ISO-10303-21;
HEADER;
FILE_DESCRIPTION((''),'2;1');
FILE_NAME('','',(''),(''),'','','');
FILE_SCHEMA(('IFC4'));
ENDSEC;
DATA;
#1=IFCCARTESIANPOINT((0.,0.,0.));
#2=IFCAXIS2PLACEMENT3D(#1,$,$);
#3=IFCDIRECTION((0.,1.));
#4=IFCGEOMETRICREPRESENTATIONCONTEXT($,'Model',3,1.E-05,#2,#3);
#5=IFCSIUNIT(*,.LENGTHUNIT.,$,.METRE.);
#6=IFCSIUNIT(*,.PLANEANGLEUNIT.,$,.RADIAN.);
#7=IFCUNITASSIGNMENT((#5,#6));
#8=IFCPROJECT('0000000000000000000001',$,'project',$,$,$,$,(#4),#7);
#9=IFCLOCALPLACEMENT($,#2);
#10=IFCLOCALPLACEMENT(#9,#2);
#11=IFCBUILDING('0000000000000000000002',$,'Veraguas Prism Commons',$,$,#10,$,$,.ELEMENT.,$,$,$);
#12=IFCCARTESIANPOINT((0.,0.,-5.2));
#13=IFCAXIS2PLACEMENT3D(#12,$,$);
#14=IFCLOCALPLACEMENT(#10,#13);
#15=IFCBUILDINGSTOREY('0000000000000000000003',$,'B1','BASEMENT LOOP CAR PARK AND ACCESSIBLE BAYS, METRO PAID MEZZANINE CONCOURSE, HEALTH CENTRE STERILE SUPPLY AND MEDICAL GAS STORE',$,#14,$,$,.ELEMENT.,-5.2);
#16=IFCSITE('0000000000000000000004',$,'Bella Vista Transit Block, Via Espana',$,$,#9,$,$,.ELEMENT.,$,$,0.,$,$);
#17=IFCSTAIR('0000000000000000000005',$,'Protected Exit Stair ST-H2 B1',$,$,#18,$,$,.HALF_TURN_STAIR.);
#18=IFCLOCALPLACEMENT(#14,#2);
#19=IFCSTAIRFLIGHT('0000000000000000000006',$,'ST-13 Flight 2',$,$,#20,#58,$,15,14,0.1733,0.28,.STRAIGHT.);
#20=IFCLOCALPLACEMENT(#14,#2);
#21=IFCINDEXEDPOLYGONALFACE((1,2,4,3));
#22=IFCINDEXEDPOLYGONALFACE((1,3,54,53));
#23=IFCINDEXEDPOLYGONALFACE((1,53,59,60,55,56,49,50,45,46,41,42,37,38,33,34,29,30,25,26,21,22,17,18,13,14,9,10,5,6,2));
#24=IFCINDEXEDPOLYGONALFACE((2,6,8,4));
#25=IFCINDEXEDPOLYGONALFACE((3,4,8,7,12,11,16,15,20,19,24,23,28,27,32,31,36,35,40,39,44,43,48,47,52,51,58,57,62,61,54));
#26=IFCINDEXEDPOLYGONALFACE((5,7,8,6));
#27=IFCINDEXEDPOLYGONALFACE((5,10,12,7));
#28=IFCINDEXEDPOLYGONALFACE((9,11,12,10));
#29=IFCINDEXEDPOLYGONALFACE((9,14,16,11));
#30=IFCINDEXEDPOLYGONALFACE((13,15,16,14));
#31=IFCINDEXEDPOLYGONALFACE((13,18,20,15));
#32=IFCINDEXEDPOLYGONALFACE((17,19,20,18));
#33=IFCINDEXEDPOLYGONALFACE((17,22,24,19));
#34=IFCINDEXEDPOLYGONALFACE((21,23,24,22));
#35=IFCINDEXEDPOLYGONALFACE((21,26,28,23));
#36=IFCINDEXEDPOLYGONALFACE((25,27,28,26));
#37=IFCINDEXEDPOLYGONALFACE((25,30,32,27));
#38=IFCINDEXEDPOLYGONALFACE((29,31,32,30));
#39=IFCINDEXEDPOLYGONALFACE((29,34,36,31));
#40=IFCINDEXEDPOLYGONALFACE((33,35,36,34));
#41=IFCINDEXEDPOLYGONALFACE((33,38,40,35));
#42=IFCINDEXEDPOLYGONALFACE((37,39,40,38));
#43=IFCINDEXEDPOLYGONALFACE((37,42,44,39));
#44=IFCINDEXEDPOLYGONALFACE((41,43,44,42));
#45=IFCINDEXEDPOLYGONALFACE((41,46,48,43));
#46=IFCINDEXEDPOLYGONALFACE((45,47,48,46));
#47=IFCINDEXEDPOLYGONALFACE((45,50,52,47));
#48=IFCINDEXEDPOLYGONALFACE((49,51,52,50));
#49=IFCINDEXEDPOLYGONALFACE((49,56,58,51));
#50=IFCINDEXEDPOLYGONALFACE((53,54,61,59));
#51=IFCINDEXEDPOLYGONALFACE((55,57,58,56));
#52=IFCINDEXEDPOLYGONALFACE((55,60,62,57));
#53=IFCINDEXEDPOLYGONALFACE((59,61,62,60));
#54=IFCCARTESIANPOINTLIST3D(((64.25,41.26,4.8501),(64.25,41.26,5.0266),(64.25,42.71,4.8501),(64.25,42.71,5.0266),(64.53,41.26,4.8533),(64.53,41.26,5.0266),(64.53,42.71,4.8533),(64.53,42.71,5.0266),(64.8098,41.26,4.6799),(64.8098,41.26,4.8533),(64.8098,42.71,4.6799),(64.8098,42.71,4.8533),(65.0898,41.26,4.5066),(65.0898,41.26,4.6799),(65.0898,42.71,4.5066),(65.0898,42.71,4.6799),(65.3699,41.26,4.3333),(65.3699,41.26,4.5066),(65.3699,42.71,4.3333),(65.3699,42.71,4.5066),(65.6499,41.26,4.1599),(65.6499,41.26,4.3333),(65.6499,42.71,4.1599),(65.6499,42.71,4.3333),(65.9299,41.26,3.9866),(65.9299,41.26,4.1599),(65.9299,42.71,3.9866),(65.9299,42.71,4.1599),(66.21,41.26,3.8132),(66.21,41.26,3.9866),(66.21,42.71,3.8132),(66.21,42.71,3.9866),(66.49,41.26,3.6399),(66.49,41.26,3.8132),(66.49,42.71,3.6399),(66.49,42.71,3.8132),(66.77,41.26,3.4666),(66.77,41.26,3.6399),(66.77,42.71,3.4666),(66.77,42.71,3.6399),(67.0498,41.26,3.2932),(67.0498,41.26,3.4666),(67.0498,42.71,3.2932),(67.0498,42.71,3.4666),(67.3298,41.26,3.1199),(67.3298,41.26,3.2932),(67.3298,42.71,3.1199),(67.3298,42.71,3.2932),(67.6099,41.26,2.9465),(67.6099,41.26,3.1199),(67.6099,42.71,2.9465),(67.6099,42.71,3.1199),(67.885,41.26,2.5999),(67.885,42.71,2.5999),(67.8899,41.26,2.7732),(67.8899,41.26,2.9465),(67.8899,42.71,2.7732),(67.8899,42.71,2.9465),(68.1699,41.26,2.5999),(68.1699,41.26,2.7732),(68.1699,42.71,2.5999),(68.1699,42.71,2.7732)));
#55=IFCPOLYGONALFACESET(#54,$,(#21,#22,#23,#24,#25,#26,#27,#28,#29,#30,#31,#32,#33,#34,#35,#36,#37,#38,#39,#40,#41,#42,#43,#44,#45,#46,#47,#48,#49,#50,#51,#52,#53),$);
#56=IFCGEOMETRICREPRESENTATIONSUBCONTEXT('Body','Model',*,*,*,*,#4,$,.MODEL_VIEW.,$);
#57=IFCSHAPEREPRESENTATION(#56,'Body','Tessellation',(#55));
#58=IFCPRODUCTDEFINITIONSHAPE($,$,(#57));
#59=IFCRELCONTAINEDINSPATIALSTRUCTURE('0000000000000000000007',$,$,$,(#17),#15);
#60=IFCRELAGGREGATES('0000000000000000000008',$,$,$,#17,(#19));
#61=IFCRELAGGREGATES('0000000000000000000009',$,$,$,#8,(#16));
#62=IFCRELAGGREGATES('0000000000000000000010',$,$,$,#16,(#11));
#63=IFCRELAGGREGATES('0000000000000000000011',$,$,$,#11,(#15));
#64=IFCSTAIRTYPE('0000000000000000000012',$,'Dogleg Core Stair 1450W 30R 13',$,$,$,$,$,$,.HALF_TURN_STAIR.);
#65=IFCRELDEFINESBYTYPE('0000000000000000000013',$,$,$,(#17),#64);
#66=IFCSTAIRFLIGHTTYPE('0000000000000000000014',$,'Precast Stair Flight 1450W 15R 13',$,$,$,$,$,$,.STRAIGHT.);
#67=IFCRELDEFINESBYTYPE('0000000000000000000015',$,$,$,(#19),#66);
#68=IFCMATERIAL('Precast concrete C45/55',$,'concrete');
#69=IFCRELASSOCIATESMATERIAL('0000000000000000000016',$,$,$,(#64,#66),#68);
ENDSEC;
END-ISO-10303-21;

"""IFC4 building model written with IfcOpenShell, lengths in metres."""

from ifc_helpers import new_model, si_unit, direction, frame, origin, place, context, subcontext, project, spatial, polyline, outline, extrude, material, type_object, element, aggregate, save


model = new_model("IFC4")

# Units and contexts
model_context = context("Model", 3, precision=1e-05, world=origin(), true_north=direction((0.0, 1.0)))
body_context = subcontext(model_context, "Body", "Model", "MODEL_VIEW")
ifc_project = project(units=[si_unit("LENGTHUNIT", "METRE"), si_unit("PLANEANGLEUNIT", "RADIAN")], contexts=[model_context])

# Site, building, storey
site_placement = place(None, origin())
site = spatial("IfcSite", under=ifc_project, at=site_placement, Name="Bella Vista Transit Block, Via Espana", CompositionType="ELEMENT", RefElevation=0.0)
building_placement = place(site_placement, origin())
building = spatial("IfcBuilding", under=site, at=building_placement, Name="Veraguas Prism Commons", CompositionType="ELEMENT")
storey_placement = place(building_placement, frame((0.0, 0.0, -5.2)))
storey = spatial("IfcBuildingStorey", under=building, at=storey_placement, Name="B1", Description="BASEMENT LOOP CAR PARK AND ACCESSIBLE BAYS, METRO PAID MEZZANINE CONCOURSE, HEALTH CENTRE STERILE SUPPLY AND MEDICAL GAS STORE", CompositionType="ELEMENT", Elevation=-5.2)

# Stair, stair flight
ifc_material_1 = material(Name="Precast concrete C45/55", Category="concrete")
stair_type = type_object("IfcStairType", Name="Dogleg Core Stair 1450W 30R 13", PredefinedType="HALF_TURN_STAIR", material=ifc_material_1)
stair_placement = place(storey_placement, origin())
stair = element("IfcStair", 1, at=stair_placement, inside=storey, type_object=stair_type, Name="Protected Exit Stair ST-H2 B1", PredefinedType="HALF_TURN_STAIR")
stair_flight_type = type_object("IfcStairFlightType", Name="Precast Stair Flight 1450W 15R 13", PredefinedType="STRAIGHT", material=ifc_material_1)
stair_flight_1_placement = place(storey_placement, frame((68.1699, 41.9851, 2.5999), z_axis=(0.0, 0.0, 1.0), x_axis=(-1.0, 0.0, 0.0)))
stair_flight_1 = element("IfcStairFlight", 2, at=stair_flight_1_placement, type_object=stair_flight_type, Name="ST-13 Flight 2", NumberOfRisers=15, NumberOfTreads=14, PredefinedType="STRAIGHT", RiserHeight=0.1733, TreadLength=0.28, context=body_context, shape_type="SweptSolid", body=[
    extrude(outline(polyline([(0.0, 0.0), (0.0, 0.1733), (0.28, 0.1733), (0.28, 0.3467), (0.5601, 0.3467), (0.5601, 0.52), (0.8401, 0.52), (0.8401, 0.6934), (1.1201, 0.6934), (1.1201, 0.8667), (1.3999, 0.8667), (1.3999, 1.04), (1.6799, 1.04), (1.6799, 1.2134), (1.96, 1.2134), (1.96, 1.3867), (2.24, 1.3867), (2.24, 1.5601), (2.52, 1.5601), (2.52, 1.7334), (2.8, 1.7334), (2.8, 1.9067), (3.0801, 1.9067), (3.0801, 2.0801), (3.3601, 2.0801), (3.3601, 2.2534), (3.6399, 2.2534), (3.6399, 2.4268), (3.9199, 2.4268), (3.9199, 2.6001), (3.9199, 2.2502), (0.2849, 0.0), (0.0, 0.0)])), frame((0.0, 0.7251, 0.0), z_axis=(0.0, -1.0, 0.0), x_axis=(1.0, 0.0, 0.0)), (0.0, 0.0, 1.0), 1.45),
])
aggregate(stair, [stair_flight_1])

save(model, "model.ifc")
